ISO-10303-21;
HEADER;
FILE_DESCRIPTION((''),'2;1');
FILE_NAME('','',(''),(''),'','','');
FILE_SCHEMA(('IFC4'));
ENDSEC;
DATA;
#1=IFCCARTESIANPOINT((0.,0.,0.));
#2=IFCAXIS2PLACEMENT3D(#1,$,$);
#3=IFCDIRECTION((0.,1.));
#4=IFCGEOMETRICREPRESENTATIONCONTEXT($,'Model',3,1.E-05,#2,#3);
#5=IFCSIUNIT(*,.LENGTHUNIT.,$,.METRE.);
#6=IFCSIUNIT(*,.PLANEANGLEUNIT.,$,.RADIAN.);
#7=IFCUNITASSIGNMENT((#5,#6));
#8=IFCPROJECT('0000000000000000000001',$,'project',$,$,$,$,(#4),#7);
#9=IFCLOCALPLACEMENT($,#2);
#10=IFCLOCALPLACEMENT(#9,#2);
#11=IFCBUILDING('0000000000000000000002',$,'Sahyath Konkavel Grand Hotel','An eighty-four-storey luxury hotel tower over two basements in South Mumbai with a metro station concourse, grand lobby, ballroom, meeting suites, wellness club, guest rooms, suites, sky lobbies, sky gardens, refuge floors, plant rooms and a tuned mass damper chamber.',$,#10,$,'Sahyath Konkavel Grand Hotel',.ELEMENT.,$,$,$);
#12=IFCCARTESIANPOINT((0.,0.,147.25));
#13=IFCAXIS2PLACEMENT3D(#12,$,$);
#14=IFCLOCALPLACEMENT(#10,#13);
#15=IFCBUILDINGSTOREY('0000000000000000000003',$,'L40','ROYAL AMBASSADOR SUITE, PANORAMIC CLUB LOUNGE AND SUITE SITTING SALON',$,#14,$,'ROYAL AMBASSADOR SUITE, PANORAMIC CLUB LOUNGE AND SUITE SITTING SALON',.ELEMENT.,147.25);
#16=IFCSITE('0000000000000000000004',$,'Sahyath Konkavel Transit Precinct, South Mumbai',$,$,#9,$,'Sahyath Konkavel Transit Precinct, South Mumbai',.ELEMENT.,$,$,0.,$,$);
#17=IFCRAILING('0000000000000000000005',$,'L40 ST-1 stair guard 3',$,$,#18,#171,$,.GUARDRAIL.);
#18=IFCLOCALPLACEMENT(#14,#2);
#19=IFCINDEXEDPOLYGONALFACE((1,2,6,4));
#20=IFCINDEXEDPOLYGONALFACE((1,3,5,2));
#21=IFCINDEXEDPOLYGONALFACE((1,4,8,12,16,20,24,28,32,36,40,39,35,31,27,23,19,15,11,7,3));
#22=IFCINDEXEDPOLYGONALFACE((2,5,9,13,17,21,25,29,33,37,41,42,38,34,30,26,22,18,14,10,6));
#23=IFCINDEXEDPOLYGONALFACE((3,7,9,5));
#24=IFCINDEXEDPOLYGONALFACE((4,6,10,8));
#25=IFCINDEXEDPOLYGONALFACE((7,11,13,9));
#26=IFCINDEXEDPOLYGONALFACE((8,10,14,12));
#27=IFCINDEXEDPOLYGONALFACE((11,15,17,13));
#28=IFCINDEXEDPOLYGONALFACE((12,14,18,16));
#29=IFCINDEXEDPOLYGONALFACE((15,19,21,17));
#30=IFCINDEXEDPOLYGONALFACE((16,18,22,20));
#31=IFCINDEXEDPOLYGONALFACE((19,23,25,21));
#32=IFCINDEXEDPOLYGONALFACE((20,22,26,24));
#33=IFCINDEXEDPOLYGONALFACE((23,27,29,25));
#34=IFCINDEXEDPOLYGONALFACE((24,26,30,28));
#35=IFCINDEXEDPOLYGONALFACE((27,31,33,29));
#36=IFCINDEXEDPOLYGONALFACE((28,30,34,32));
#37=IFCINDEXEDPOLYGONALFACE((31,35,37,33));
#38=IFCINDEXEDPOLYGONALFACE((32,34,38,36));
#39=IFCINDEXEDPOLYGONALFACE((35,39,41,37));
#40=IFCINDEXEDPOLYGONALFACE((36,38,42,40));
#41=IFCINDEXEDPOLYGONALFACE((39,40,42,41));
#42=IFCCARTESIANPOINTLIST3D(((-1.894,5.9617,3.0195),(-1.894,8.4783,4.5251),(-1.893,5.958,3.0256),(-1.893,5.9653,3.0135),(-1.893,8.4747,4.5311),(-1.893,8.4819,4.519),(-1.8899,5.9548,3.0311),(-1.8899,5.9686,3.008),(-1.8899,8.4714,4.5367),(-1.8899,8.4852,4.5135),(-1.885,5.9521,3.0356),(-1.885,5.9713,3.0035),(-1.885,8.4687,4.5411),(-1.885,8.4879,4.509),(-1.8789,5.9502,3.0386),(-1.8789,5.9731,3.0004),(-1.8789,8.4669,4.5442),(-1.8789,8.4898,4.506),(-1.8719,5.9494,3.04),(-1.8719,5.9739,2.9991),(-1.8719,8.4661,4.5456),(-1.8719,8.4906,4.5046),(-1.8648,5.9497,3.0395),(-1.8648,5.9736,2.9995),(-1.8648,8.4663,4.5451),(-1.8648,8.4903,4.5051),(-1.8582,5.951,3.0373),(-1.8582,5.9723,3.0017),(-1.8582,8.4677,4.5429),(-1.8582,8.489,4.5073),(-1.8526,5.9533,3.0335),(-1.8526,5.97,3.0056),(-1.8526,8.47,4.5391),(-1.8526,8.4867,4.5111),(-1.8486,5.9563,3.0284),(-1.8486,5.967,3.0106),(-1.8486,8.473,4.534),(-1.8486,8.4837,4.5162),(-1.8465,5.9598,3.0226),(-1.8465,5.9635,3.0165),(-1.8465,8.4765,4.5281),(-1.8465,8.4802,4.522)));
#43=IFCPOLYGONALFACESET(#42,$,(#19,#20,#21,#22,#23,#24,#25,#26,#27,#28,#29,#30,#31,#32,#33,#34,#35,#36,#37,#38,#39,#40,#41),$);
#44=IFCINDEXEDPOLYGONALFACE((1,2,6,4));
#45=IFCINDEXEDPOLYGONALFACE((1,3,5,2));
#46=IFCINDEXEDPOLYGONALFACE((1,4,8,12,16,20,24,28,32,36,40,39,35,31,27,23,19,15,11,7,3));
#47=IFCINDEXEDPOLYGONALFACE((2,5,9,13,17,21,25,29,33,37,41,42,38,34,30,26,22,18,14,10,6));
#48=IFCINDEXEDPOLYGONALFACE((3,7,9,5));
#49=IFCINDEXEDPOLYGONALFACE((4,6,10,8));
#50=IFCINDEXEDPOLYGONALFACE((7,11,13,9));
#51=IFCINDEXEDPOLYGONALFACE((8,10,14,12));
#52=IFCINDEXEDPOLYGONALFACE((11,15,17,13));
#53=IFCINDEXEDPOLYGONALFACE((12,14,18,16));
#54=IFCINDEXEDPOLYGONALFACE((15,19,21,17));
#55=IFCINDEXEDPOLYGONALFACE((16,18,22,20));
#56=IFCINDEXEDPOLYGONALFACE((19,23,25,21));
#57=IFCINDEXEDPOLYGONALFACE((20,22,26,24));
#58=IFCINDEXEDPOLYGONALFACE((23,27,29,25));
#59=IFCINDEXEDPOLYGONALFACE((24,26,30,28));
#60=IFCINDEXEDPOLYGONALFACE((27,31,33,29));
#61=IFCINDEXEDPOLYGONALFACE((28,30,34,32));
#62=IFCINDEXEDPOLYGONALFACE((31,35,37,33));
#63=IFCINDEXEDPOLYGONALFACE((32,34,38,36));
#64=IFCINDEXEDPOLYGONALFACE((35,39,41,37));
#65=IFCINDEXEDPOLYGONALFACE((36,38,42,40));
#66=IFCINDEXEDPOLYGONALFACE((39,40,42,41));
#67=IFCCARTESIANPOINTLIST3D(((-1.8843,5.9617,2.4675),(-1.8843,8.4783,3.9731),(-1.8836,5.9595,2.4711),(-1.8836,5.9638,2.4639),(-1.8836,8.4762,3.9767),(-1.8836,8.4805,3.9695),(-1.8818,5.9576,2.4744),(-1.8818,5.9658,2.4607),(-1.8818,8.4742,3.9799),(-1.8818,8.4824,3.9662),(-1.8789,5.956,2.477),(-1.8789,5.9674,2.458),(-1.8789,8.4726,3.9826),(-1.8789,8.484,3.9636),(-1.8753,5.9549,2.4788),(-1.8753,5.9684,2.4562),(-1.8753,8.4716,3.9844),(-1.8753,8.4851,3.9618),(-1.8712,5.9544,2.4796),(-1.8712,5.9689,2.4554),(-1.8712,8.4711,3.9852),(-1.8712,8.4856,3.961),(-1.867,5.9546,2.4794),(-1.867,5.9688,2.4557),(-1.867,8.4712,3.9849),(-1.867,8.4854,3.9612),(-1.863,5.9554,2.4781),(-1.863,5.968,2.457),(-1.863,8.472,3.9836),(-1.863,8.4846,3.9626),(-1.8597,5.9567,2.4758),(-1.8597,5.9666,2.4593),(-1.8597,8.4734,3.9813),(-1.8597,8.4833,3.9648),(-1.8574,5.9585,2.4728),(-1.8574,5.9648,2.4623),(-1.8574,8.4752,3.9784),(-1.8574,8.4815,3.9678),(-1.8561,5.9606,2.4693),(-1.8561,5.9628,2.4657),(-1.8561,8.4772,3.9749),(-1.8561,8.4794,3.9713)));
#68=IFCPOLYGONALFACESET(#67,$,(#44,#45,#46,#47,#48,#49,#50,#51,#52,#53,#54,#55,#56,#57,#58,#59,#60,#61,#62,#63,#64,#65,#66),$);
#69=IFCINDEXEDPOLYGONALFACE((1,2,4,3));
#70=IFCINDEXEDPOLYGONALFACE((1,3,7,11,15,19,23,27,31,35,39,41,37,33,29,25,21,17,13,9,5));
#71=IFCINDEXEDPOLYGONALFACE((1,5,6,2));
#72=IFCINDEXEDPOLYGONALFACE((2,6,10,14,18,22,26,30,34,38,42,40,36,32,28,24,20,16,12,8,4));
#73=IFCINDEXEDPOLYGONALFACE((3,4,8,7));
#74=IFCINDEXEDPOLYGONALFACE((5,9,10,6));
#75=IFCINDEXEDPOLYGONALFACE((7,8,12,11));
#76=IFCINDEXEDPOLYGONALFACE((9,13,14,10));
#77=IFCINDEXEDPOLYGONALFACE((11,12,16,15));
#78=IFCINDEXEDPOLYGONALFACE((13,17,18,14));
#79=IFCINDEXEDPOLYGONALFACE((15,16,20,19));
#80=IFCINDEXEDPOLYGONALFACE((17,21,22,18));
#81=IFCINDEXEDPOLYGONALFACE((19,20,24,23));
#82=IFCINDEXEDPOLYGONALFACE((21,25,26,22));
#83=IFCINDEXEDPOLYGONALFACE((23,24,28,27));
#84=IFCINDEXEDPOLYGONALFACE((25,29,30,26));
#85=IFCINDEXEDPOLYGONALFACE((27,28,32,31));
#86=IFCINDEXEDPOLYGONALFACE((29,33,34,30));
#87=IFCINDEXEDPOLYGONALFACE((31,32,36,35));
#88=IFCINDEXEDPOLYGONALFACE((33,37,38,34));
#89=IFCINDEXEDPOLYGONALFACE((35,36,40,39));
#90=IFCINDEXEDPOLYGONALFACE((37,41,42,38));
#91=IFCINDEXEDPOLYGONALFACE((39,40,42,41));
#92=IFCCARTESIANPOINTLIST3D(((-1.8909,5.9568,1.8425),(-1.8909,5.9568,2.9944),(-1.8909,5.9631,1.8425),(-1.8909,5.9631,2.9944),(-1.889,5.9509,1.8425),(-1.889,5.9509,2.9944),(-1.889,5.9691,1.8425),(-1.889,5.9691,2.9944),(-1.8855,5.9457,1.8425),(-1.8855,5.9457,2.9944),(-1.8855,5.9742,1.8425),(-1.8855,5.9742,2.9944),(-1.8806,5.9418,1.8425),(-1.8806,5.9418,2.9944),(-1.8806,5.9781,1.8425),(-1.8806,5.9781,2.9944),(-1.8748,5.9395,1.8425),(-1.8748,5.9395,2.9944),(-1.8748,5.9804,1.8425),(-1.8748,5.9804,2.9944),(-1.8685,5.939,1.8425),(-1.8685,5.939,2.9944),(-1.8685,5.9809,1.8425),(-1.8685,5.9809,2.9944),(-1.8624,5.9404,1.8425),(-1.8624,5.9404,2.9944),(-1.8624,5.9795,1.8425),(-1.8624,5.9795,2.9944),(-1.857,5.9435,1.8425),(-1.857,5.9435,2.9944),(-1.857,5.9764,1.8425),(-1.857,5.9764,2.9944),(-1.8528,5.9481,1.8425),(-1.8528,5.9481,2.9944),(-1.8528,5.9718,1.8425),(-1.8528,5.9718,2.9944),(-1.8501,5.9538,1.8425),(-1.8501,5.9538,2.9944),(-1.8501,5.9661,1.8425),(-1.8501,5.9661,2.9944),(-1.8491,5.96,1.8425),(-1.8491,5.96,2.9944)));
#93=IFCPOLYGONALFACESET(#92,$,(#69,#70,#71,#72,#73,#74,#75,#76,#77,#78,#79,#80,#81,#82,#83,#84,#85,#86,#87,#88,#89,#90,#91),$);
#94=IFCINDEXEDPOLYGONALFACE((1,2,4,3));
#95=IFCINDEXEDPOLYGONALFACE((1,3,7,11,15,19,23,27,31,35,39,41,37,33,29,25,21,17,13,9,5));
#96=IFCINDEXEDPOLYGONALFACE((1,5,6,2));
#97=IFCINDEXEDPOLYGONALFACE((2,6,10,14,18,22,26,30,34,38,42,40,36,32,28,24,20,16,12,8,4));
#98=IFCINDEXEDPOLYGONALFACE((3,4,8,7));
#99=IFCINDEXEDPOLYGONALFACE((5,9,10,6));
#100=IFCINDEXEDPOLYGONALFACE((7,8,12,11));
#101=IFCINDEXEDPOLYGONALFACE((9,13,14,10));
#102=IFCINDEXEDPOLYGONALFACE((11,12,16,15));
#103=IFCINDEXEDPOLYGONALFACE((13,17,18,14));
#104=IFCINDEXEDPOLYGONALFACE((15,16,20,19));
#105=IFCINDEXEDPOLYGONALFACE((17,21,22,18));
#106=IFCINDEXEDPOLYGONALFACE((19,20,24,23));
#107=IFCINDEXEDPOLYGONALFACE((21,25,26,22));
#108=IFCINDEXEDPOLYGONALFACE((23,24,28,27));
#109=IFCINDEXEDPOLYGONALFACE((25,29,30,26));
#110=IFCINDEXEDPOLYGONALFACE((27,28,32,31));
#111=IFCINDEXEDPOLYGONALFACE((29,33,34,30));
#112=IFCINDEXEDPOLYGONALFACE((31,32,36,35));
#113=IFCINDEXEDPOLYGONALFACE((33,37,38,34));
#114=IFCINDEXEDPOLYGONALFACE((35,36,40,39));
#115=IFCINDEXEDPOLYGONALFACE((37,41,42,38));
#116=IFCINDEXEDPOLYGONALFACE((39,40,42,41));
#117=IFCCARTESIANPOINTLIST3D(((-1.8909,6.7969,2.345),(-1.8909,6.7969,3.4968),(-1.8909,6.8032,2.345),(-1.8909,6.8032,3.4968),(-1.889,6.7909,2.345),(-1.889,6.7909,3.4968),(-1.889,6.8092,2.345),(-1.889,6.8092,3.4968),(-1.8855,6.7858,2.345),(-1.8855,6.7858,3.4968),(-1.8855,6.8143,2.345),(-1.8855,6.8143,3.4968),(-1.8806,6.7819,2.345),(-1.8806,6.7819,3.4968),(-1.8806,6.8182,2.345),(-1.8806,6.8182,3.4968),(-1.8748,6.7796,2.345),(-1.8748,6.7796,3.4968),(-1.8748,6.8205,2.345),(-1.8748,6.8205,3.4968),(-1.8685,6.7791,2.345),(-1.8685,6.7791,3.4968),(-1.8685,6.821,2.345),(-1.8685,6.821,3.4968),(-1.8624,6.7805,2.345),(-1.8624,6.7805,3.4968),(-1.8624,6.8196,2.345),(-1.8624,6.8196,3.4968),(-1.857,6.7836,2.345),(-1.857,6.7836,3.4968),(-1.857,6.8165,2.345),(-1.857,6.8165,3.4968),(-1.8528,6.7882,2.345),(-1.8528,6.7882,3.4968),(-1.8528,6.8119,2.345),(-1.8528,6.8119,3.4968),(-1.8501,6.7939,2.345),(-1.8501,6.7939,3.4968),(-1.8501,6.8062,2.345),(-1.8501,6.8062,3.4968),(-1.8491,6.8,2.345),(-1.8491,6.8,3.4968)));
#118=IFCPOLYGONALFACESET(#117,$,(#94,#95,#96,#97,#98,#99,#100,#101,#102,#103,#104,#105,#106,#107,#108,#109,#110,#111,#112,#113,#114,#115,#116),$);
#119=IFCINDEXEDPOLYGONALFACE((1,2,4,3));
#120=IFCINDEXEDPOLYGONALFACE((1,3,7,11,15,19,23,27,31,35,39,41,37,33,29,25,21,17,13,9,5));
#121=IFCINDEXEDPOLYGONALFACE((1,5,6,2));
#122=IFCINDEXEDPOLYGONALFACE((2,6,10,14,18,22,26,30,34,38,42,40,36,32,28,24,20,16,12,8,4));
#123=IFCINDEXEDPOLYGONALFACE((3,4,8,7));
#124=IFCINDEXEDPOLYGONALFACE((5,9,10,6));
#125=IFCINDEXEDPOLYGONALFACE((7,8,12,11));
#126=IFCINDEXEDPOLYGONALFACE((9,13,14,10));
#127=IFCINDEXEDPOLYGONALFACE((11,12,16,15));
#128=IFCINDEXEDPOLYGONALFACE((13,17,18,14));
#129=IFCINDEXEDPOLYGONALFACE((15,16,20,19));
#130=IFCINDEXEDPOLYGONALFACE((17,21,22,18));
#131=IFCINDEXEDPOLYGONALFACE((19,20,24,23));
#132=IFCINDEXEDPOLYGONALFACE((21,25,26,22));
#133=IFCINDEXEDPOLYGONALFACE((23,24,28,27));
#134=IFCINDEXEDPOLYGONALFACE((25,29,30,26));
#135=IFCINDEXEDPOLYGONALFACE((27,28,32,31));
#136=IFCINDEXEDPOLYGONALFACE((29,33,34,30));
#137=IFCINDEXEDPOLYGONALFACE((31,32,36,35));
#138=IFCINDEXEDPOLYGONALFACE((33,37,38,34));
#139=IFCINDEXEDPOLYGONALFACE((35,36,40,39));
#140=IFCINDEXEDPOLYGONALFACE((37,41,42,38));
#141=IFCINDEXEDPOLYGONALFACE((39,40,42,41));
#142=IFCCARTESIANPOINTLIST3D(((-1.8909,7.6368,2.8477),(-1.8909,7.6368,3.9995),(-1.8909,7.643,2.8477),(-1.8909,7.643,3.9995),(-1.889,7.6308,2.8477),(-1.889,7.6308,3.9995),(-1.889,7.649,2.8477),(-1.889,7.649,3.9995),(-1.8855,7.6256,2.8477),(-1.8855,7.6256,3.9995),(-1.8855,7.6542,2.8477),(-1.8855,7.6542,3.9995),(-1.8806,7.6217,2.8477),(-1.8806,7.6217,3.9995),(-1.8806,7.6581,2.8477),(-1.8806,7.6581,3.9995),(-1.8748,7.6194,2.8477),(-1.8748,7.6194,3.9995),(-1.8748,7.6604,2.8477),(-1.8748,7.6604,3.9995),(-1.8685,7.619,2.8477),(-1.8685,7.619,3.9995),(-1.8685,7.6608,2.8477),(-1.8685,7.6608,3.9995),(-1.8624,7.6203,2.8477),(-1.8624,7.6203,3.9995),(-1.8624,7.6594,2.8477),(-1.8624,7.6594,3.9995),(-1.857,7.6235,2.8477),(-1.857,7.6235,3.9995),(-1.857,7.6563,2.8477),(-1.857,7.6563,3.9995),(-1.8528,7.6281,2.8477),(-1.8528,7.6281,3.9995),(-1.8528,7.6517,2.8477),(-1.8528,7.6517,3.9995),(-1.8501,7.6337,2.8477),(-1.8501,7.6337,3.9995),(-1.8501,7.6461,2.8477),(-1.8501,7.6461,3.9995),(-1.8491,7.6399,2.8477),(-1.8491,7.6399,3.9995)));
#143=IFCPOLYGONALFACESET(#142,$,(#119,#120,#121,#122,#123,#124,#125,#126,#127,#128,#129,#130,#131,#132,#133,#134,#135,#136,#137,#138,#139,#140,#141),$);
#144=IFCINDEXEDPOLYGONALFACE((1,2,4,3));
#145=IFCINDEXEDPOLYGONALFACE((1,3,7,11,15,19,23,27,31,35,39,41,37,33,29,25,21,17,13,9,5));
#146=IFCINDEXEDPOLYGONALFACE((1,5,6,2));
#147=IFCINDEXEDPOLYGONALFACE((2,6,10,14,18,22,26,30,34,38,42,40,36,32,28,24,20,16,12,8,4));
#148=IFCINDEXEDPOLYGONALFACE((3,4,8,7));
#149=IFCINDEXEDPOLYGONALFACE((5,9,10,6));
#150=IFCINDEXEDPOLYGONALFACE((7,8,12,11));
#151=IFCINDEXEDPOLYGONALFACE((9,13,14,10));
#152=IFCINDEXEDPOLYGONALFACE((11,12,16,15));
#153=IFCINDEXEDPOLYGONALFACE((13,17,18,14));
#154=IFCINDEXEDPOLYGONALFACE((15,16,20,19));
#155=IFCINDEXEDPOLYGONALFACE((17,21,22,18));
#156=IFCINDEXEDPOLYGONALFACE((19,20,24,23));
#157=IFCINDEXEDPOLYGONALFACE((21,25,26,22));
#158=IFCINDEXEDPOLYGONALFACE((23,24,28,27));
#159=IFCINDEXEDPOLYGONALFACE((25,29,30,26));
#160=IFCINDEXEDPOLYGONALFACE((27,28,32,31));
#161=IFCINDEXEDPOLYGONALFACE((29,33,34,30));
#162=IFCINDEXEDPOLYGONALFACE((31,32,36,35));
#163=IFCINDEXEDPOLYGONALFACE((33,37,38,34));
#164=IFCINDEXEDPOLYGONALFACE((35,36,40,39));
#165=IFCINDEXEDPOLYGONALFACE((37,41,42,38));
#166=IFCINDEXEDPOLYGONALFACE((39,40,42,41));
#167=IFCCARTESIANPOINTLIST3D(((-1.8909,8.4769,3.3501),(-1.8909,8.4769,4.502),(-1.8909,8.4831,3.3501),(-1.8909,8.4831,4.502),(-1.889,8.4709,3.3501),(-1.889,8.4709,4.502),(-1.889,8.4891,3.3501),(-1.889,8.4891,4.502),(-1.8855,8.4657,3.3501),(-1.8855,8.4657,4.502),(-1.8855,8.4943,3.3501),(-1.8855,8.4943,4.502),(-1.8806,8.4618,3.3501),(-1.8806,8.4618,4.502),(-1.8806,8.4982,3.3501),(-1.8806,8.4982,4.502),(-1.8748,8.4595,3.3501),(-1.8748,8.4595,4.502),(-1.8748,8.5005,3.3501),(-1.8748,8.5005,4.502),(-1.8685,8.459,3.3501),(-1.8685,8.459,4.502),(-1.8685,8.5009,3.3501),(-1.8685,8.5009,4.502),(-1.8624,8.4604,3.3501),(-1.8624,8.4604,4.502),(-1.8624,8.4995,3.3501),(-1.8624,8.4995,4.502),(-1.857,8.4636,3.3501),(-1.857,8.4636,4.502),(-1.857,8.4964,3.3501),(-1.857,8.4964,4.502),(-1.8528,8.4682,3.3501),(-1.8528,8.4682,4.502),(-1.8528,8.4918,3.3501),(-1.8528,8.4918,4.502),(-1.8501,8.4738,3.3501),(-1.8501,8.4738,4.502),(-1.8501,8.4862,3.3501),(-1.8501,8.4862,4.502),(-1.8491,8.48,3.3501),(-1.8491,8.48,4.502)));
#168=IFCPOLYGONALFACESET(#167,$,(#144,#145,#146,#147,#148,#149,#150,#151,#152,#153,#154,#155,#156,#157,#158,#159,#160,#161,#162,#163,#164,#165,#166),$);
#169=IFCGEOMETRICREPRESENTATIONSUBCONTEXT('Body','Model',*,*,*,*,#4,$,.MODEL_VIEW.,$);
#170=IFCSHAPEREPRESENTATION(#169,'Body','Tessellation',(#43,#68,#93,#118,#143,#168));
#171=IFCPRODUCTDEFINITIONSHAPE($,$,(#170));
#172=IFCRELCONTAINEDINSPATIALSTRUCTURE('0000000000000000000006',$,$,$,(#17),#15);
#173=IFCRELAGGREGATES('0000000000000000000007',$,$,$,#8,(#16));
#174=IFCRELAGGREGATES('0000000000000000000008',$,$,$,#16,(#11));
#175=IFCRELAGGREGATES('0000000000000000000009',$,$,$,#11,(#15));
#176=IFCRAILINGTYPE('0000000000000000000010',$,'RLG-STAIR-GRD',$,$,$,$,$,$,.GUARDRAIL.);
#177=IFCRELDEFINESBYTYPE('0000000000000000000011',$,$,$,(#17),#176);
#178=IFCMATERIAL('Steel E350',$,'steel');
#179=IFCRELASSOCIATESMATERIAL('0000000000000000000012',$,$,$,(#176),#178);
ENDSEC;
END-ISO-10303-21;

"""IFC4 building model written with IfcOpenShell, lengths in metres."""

from ifc_helpers import new_model, si_unit, direction, frame, origin, origin_2d, place, context, subcontext, project, spatial, circle, extrude, material, type_object, element, save


model = new_model("IFC4")

# Units and contexts
model_context = context("Model", 3, precision=1e-05, world=origin(), true_north=direction((0.0, 1.0)))
body_context = subcontext(model_context, "Body", "Model", "MODEL_VIEW")
ifc_project = project(units=[si_unit("LENGTHUNIT", "METRE"), si_unit("PLANEANGLEUNIT", "RADIAN")], contexts=[model_context])

# Site, building, storey
site_placement = place(None, origin())
site = spatial("IfcSite", under=ifc_project, at=site_placement, Name="Sahyath Konkavel Transit Precinct, South Mumbai", LongName="Sahyath Konkavel Transit Precinct, South Mumbai", CompositionType="ELEMENT", RefElevation=0.0)
building_placement = place(site_placement, origin())
building = spatial("IfcBuilding", under=site, at=building_placement, Name="Sahyath Konkavel Grand Hotel", Description="An eighty-four-storey luxury hotel tower over two basements in South Mumbai with a metro station concourse, grand lobby, ballroom, meeting suites, wellness club, guest rooms, suites, sky lobbies, sky gardens, refuge floors, plant rooms and a tuned mass damper chamber.", LongName="Sahyath Konkavel Grand Hotel", CompositionType="ELEMENT")
storey_placement = place(building_placement, frame((0.0, 0.0, 147.25)))
storey = spatial("IfcBuildingStorey", under=building, at=storey_placement, Name="L40", Description="ROYAL AMBASSADOR SUITE, PANORAMIC CLUB LOUNGE AND SUITE SITTING SALON", LongName="ROYAL AMBASSADOR SUITE, PANORAMIC CLUB LOUNGE AND SUITE SITTING SALON", CompositionType="ELEMENT", Elevation=147.25)

# Shared definitions
ifc_material_1 = material(Name="Steel E350", Category="steel")

# Railing
railing_type = type_object("IfcRailingType", Name="RLG-STAIR-GRD", PredefinedType="GUARDRAIL", material=ifc_material_1)
railing_1_placement = place(storey_placement, frame((-1.8701, 5.96, 1.8425)))
element("IfcRailing", 1, at=railing_1_placement, inside=storey, type_object=railing_type, Name="L40 ST-1 stair guard 3", PredefinedType="GUARDRAIL", context=body_context, shape_type="SweptSolid", body=[
    extrude(circle(Radius=0.0239, at=origin_2d()), frame((0.0, 0.0017, 1.177), z_axis=(0.0, 0.85816, 0.513383), x_axis=(-1.0, 0.0, 0.0)), (0.0, 0.0, 1.0), 2.9326),
    extrude(circle(Radius=0.0142, at=origin_2d()), frame((0.0, 0.0017, 0.625), z_axis=(0.0, 0.85816, 0.513383), x_axis=(-1.0, 0.0, 0.0)), (0.0, 0.0, 1.0), 2.9326),
    extrude(circle(Radius=0.021, at=origin_2d()), origin(), (0.0, 0.0, 1.0), 1.1519),
    extrude(circle(Radius=0.021, at=origin_2d()), frame((0.0, 0.8401, 0.5024)), (0.0, 0.0, 1.0), 1.1519),
    extrude(circle(Radius=0.021, at=origin_2d()), frame((0.0, 1.6799, 1.0051)), (0.0, 0.0, 1.0), 1.1519),
    extrude(circle(Radius=0.021, at=origin_2d()), frame((0.0, 2.52, 1.5076)), (0.0, 0.0, 1.0), 1.1519),
])

save(model, "model.ifc")
